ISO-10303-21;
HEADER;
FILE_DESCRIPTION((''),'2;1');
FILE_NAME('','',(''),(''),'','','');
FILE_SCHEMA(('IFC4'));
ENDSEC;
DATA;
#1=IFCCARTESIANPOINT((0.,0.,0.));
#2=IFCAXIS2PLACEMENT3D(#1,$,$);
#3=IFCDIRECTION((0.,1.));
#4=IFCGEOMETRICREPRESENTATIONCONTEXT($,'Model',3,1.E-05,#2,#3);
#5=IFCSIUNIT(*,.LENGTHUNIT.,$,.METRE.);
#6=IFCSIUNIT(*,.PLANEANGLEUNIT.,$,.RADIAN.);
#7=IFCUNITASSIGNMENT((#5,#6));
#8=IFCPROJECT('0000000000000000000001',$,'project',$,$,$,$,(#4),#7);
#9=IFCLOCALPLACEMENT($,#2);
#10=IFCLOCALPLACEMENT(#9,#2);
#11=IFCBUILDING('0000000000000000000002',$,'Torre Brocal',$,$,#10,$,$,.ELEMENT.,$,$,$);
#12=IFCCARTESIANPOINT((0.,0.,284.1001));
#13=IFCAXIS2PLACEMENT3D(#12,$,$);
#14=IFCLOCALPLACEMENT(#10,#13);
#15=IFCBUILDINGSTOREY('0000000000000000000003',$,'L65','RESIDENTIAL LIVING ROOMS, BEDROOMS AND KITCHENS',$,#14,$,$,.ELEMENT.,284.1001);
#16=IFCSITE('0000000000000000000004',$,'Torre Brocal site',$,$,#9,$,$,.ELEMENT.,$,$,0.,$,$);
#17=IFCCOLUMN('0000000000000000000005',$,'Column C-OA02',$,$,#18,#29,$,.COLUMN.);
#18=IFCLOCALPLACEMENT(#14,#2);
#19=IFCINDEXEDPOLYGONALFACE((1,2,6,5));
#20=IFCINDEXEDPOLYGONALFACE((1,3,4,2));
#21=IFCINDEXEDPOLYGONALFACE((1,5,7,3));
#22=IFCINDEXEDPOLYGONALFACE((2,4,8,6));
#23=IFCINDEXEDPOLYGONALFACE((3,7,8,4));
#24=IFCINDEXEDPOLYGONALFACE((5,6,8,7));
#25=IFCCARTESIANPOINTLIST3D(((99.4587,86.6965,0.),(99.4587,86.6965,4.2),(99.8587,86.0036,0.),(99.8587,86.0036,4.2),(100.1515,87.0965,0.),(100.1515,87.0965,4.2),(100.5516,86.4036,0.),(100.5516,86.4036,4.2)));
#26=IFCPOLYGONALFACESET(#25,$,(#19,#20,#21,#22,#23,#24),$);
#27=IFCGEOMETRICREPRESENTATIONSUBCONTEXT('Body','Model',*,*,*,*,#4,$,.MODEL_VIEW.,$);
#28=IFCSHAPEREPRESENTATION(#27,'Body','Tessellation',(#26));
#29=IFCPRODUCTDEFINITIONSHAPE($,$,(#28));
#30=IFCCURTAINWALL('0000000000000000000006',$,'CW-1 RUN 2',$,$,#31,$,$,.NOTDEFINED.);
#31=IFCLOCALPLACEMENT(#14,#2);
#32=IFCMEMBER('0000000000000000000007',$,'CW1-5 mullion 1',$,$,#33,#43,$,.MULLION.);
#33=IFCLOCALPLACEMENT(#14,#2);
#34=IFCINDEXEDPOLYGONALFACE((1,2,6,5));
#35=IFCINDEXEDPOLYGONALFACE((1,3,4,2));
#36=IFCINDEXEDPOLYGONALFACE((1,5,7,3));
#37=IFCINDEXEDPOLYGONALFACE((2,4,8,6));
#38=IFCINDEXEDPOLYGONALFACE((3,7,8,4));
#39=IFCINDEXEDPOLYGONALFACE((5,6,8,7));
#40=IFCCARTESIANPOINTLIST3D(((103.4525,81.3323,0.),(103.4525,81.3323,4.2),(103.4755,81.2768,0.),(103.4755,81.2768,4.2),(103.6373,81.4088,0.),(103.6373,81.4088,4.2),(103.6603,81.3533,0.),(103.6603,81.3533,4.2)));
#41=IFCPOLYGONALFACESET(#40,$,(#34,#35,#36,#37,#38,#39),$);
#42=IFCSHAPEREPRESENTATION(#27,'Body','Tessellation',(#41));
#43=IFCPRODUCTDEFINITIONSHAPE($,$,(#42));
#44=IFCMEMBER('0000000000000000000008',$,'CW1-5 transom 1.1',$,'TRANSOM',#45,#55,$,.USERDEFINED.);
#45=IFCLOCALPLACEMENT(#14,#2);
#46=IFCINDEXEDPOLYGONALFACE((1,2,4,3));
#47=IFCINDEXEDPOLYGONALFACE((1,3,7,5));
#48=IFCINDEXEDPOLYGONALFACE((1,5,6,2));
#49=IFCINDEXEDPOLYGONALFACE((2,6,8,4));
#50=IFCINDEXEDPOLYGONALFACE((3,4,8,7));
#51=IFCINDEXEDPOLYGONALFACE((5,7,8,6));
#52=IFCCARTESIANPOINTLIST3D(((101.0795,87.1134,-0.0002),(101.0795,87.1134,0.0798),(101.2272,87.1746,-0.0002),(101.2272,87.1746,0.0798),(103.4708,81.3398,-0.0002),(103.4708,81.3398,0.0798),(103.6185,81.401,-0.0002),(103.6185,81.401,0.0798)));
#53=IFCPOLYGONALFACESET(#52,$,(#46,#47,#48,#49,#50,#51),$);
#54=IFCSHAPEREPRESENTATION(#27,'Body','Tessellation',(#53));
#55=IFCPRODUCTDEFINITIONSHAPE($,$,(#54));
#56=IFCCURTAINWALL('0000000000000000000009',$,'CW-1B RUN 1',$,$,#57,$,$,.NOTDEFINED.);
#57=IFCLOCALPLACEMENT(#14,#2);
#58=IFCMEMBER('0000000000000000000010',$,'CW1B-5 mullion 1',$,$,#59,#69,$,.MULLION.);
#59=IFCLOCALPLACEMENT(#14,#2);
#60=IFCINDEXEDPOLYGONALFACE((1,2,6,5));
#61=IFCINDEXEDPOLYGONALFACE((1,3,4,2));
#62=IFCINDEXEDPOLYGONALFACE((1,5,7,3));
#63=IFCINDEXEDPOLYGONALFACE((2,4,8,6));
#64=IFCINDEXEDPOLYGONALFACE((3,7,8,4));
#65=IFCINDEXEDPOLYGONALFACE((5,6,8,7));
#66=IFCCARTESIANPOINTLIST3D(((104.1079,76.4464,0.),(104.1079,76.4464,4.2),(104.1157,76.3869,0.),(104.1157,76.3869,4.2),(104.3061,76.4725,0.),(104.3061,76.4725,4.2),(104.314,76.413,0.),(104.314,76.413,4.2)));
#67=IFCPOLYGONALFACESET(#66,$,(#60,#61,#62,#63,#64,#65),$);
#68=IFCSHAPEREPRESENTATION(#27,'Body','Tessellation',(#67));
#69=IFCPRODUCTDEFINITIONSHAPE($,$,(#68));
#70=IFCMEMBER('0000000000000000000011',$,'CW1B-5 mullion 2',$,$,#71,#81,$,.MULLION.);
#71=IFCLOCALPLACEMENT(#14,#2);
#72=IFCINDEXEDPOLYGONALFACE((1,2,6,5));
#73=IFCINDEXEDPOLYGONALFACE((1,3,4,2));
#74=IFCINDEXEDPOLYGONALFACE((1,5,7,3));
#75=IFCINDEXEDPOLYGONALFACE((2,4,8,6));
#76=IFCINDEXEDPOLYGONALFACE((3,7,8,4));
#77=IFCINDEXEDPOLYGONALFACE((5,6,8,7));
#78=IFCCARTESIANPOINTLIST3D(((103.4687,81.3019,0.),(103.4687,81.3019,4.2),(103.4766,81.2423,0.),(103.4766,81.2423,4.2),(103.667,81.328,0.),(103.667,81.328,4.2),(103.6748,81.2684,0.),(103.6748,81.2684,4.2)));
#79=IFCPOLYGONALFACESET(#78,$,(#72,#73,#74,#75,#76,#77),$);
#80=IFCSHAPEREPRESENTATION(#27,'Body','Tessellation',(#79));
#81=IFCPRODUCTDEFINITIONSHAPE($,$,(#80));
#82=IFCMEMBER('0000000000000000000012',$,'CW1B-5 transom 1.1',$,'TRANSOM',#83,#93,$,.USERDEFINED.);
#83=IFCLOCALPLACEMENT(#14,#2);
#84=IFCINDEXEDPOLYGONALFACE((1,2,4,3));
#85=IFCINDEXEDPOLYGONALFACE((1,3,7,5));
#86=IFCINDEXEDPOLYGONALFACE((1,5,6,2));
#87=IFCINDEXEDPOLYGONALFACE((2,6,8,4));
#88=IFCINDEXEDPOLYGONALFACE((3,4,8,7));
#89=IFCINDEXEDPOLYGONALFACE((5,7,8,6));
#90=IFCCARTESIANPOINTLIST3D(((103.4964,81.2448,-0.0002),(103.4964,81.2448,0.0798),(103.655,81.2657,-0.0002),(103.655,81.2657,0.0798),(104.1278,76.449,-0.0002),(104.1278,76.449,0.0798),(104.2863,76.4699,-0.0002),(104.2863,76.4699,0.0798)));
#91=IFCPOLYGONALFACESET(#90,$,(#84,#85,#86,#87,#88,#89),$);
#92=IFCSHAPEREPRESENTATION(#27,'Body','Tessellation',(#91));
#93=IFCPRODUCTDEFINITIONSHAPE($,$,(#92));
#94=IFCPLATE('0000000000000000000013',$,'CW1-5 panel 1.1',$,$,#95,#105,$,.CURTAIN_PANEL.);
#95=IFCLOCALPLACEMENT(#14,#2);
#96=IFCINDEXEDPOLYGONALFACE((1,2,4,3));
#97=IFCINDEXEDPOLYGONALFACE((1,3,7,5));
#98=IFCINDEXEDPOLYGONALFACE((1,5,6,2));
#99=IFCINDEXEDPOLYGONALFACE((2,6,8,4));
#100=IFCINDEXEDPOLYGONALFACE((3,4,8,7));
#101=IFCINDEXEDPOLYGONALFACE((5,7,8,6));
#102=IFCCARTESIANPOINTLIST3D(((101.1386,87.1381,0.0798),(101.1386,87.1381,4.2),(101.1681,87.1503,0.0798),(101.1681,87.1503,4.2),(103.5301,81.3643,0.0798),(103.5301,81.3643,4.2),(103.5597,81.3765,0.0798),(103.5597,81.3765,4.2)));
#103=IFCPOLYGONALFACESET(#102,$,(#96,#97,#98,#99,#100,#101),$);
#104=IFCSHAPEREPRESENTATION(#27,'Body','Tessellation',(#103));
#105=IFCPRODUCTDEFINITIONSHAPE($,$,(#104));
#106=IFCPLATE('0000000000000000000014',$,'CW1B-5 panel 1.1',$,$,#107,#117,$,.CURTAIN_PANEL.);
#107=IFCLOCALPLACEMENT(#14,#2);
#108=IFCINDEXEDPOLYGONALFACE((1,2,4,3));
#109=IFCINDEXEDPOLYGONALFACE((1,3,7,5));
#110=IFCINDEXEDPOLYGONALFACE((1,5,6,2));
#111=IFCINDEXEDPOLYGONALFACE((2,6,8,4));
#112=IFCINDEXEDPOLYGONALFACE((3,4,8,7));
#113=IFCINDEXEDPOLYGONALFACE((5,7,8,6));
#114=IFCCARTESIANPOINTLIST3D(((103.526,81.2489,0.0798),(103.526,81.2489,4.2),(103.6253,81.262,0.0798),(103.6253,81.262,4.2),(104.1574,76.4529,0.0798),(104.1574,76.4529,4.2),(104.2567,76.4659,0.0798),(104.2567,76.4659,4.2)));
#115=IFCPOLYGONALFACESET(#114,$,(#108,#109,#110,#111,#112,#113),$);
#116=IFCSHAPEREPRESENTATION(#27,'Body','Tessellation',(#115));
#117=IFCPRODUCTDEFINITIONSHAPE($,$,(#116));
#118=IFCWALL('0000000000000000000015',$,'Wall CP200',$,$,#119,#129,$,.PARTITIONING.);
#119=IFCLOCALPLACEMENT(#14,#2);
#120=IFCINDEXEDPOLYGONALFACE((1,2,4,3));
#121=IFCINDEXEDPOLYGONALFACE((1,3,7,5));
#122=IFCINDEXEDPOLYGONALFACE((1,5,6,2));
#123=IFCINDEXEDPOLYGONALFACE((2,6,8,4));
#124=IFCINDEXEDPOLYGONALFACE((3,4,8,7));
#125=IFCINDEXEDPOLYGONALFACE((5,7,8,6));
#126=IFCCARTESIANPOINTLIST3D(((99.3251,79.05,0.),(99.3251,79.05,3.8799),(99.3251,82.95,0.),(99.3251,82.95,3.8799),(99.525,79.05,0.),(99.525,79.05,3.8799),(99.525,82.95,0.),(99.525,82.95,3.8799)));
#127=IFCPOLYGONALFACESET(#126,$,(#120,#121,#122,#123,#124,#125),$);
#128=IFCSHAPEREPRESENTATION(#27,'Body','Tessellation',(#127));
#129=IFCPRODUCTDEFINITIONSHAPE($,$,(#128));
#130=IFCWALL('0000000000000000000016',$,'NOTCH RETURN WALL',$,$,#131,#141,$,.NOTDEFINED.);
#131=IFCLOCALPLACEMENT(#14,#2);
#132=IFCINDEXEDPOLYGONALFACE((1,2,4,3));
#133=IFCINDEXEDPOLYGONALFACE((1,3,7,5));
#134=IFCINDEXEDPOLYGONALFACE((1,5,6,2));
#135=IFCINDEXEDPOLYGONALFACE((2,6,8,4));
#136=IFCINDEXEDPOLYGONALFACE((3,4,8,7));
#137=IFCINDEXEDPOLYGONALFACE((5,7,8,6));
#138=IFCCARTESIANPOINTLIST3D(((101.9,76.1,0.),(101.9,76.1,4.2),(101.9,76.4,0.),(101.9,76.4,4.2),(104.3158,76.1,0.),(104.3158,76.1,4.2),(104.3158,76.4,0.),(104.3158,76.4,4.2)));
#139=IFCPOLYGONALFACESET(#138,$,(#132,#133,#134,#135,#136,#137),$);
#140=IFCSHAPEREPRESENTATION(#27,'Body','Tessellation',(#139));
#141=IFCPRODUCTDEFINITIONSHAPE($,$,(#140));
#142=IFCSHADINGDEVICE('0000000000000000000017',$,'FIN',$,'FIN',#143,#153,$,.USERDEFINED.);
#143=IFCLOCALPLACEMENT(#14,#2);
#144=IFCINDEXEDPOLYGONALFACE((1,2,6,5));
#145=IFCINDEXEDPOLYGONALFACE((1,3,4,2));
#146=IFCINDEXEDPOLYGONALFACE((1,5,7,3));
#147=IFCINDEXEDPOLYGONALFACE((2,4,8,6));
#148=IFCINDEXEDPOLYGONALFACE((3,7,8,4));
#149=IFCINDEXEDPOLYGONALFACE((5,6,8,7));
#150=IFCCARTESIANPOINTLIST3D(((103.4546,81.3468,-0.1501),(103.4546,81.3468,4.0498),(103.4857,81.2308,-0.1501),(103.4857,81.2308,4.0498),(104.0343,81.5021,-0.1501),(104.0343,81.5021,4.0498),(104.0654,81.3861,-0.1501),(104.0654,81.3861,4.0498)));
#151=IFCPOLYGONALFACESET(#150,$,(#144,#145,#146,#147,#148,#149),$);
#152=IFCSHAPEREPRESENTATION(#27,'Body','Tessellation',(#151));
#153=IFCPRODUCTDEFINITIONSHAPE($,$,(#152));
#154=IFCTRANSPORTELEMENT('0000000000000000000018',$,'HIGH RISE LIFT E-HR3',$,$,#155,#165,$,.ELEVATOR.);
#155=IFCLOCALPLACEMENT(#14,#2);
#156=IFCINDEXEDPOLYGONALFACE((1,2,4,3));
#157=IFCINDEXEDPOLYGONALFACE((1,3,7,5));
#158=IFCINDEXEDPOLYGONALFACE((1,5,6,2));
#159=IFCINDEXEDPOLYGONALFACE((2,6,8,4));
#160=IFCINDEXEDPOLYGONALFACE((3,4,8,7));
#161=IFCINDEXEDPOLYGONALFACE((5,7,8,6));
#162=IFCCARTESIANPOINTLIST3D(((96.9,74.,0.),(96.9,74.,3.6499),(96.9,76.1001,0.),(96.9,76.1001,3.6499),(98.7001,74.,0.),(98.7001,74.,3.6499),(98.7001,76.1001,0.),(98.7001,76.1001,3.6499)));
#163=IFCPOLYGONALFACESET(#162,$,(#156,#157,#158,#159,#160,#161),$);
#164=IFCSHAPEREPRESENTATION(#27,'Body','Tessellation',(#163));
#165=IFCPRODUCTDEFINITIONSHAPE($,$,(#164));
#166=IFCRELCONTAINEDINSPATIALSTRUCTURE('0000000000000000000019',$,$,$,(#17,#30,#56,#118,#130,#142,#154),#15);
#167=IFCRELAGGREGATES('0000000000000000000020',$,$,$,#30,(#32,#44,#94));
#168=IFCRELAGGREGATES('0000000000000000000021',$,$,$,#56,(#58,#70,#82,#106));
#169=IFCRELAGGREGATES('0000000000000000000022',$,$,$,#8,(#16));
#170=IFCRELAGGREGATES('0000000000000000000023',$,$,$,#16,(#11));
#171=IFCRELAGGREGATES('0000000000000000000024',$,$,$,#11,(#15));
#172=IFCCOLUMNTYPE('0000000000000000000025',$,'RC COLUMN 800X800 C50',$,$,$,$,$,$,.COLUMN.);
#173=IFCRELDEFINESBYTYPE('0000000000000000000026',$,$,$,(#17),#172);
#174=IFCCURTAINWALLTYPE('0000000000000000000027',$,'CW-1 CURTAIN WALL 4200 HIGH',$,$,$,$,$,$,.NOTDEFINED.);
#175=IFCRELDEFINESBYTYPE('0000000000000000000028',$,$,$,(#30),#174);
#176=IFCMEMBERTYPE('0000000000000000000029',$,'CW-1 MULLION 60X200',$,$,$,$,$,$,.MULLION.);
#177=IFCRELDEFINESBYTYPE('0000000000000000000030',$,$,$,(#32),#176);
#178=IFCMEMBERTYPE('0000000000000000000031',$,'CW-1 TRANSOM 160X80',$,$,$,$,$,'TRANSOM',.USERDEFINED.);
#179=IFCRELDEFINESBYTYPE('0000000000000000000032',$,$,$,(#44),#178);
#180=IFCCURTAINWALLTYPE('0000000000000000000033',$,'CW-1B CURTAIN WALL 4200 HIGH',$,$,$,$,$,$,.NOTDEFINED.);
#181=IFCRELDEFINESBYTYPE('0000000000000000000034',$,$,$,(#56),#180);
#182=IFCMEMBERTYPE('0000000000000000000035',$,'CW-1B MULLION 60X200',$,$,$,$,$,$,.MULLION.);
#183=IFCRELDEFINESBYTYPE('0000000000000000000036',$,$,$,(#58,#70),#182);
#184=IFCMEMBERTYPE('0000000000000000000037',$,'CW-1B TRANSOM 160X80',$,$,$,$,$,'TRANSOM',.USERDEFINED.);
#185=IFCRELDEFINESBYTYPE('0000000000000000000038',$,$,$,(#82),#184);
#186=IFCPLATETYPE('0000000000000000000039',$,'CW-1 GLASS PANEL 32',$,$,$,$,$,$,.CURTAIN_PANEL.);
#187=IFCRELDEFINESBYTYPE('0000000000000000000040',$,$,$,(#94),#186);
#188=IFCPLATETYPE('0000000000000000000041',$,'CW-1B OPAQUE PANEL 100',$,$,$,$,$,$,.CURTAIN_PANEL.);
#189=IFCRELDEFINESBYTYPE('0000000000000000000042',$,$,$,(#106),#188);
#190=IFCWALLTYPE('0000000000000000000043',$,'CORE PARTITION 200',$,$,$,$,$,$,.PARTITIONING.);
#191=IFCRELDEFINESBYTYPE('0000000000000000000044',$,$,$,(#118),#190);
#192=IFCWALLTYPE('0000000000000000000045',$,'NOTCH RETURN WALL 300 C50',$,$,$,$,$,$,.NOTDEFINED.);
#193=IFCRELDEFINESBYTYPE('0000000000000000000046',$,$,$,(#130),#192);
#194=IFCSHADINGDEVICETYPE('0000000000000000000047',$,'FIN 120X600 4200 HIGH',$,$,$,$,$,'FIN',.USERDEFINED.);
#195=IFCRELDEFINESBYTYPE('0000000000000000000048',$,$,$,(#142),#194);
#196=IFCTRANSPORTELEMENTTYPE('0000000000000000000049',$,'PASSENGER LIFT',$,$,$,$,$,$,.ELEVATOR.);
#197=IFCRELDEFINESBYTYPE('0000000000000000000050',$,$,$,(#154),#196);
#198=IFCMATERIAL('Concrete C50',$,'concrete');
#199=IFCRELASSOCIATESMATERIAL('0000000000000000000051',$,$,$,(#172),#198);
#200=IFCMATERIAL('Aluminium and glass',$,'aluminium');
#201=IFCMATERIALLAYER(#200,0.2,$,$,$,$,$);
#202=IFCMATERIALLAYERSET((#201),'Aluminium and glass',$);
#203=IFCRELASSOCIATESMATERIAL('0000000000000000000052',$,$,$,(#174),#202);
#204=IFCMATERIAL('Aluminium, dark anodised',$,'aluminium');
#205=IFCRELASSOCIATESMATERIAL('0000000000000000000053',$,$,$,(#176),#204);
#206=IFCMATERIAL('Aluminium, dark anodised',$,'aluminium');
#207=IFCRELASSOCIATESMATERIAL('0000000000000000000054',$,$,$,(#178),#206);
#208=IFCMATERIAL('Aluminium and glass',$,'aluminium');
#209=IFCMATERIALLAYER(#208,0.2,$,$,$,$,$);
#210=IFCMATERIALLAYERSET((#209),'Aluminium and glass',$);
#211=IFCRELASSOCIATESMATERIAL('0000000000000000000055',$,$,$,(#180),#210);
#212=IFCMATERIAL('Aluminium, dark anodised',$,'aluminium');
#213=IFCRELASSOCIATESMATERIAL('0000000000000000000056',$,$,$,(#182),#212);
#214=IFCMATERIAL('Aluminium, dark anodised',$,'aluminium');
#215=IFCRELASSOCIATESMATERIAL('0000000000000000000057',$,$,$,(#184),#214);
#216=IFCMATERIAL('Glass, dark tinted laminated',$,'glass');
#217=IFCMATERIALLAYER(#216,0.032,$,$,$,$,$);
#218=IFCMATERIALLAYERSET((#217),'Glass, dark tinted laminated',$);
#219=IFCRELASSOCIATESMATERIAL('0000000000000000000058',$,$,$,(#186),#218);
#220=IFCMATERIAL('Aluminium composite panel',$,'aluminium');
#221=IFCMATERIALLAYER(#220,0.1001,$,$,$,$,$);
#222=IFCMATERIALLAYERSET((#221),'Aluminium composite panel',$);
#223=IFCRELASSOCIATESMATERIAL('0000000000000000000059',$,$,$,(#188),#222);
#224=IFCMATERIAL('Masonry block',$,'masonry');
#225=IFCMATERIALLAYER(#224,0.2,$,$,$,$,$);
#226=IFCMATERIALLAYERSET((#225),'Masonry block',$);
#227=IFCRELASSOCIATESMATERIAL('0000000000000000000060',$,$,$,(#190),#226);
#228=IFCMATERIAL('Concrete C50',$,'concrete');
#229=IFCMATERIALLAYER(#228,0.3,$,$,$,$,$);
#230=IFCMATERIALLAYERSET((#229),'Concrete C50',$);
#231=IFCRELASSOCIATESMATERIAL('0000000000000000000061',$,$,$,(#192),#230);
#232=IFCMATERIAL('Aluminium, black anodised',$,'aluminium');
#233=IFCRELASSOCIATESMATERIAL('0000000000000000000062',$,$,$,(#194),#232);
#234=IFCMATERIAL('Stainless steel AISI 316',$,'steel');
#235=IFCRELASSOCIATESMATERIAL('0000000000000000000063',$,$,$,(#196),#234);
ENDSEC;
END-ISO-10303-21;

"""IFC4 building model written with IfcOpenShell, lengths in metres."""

from ifc_helpers import new_model, si_unit, direction, frame, frame_2d, origin, origin_2d, place, context, subcontext, project, spatial, rectangle, extrude, material, layer, layer_set, material_profile, profile_set, type_object, element, aggregate, save


model = new_model("IFC4")

# Units and contexts
model_context = context("Model", 3, precision=1e-05, world=origin(), true_north=direction((0.0, 1.0)))
body_context = subcontext(model_context, "Body", "Model", "MODEL_VIEW")
ifc_project = project(units=[si_unit("LENGTHUNIT", "METRE"), si_unit("PLANEANGLEUNIT", "RADIAN")], contexts=[model_context])

# Site, building, storey
site_placement = place(None, origin())
site = spatial("IfcSite", under=ifc_project, at=site_placement, Name="Torre Brocal site", CompositionType="ELEMENT", RefElevation=0.0)
building_placement = place(site_placement, origin())
building = spatial("IfcBuilding", under=site, at=building_placement, Name="Torre Brocal", CompositionType="ELEMENT")
storey_placement = place(building_placement, frame((0.0, 0.0, 284.1001)))
storey = spatial("IfcBuildingStorey", under=building, at=storey_placement, Name="L65", Description="RESIDENTIAL LIVING ROOMS, BEDROOMS AND KITCHENS", CompositionType="ELEMENT", Elevation=284.1001)

# Column
ifc_material_1 = material(Name="Concrete C50", Category="concrete")
ifc_material_profile_1 = material_profile(ifc_material_1, rectangle(XDim=0.8, YDim=0.8, at=origin_2d()), Name="RC 800X800")
ifc_profile_set_1 = profile_set([ifc_material_profile_1], Name="Concrete C50")
column_type = type_object("IfcColumnType", Name="RC COLUMN 800X800 C50", PredefinedType="COLUMN", material=ifc_profile_set_1)
column_placement = place(storey_placement, frame((100.0051, 86.55, 0.0), z_axis=(0.0, 0.0, 1.0), x_axis=(0.866025, 0.5, 0.0)))
element("IfcColumn", 1, at=column_placement, inside=storey, type_object=column_type, Name="Column C-OA02", PredefinedType="COLUMN", context=body_context, shape_type="SweptSolid", body=[
    extrude(rectangle(XDim=0.8, YDim=0.8, at=origin_2d()), origin(), (0.0, 0.0, 1.0), 4.2),
])

# Curtain walls, members
ifc_material_2 = material(Name="Aluminium and glass", Category="aluminium")
ifc_layer_1 = layer(ifc_material_2, 0.2)
ifc_layer_set_1 = layer_set([ifc_layer_1], Name="Aluminium and glass")
curtain_wall_type_1 = type_object("IfcCurtainWallType", Name="CW-1 CURTAIN WALL 4200 HIGH", PredefinedType="NOTDEFINED", material=ifc_layer_set_1)
curtain_wall_1_placement = place(storey_placement, origin())
curtain_wall_1 = element("IfcCurtainWall", 2, at=curtain_wall_1_placement, inside=storey, type_object=curtain_wall_type_1, Name="CW-1 RUN 2", PredefinedType="NOTDEFINED")
ifc_material_3 = material(Name="Aluminium, dark anodised", Category="aluminium")
ifc_material_profile_2 = material_profile(ifc_material_3, rectangle(XDim=0.2, YDim=0.0601, at=origin_2d()), Name="CW-1 MULLION 60X200")
ifc_profile_set_2 = profile_set([ifc_material_profile_2], Name="Aluminium, dark anodised")
member_type_1 = type_object("IfcMemberType", Name="CW-1 MULLION 60X200", PredefinedType="MULLION", material=ifc_profile_set_2)
member_1_placement = place(storey_placement, frame((103.5564, 81.3428, 0.0), z_axis=(0.0, 0.0, 1.0), x_axis=(-0.92388, -0.382683, 0.0)))
member_1 = element("IfcMember", 3, at=member_1_placement, type_object=member_type_1, Name="CW1-5 mullion 1", PredefinedType="MULLION", context=body_context, shape_type="SweptSolid", body=[
    extrude(rectangle(XDim=0.2, YDim=0.0601, at=origin_2d()), origin(), (0.0, 0.0, 1.0), 4.2),
])
ifc_material_4 = material(Name="Aluminium, dark anodised", Category="aluminium")
ifc_material_profile_3 = material_profile(ifc_material_4, rectangle(XDim=0.1599, YDim=0.0801, at=origin_2d()), Name="CW-1 TRANSOM 160X80")
ifc_profile_set_3 = profile_set([ifc_material_profile_3], Name="Aluminium, dark anodised")
member_type_2 = type_object("IfcMemberType", Name="CW-1 TRANSOM 160X80", ElementType="TRANSOM", PredefinedType="USERDEFINED", material=ifc_profile_set_3)
member_2_placement = place(storey_placement, frame((103.5447, 81.3704, 0.0398), z_axis=(-0.382659, 0.92389, 0.0), x_axis=(-0.92389, -0.382659, 0.0)))
member_2 = element("IfcMember", 4, at=member_2_placement, type_object=member_type_2, Name="CW1-5 transom 1.1", ObjectType="TRANSOM", PredefinedType="USERDEFINED", context=body_context, shape_type="SweptSolid", body=[
    extrude(rectangle(XDim=0.1599, YDim=0.0801, at=origin_2d()), origin(), (0.0, 0.0, 1.0), 6.2493),
])
ifc_material_5 = material(Name="Aluminium and glass", Category="aluminium")
ifc_layer_2 = layer(ifc_material_5, 0.2)
ifc_layer_set_2 = layer_set([ifc_layer_2], Name="Aluminium and glass")
curtain_wall_type_2 = type_object("IfcCurtainWallType", Name="CW-1B CURTAIN WALL 4200 HIGH", PredefinedType="NOTDEFINED", material=ifc_layer_set_2)
curtain_wall_2_placement = place(storey_placement, origin())
curtain_wall_2 = element("IfcCurtainWall", 5, at=curtain_wall_2_placement, inside=storey, type_object=curtain_wall_type_2, Name="CW-1B RUN 1", PredefinedType="NOTDEFINED")
ifc_material_6 = material(Name="Aluminium, dark anodised", Category="aluminium")
ifc_material_profile_4 = material_profile(ifc_material_6, rectangle(XDim=0.2, YDim=0.0601, at=origin_2d()), Name="CW-1B MULLION 60X200")
ifc_profile_set_4 = profile_set([ifc_material_profile_4], Name="Aluminium, dark anodised")
member_type_3 = type_object("IfcMemberType", Name="CW-1B MULLION 60X200", PredefinedType="MULLION", material=ifc_profile_set_4)
member_3_placement = place(storey_placement, frame((104.2109, 76.4297, 0.0), z_axis=(0.0, 0.0, 1.0), x_axis=(-0.991445, -0.130526, 0.0)))
member_3 = element("IfcMember", 6, at=member_3_placement, type_object=member_type_3, Name="CW1B-5 mullion 1", PredefinedType="MULLION", context=body_context, shape_type="SweptSolid", body=[
    extrude(rectangle(XDim=0.2, YDim=0.0601, at=origin_2d()), origin(), (0.0, 0.0, 1.0), 4.2),
])
member_4_placement = place(storey_placement, frame((103.5718, 81.2852, 0.0), z_axis=(0.0, 0.0, 1.0), x_axis=(-0.991445, -0.130526, 0.0)))
member_4 = element("IfcMember", 7, at=member_4_placement, type_object=member_type_3, Name="CW1B-5 mullion 2", PredefinedType="MULLION", context=body_context, shape_type="SweptSolid", body=[
    extrude(rectangle(XDim=0.2, YDim=0.0601, at=origin_2d()), origin(), (0.0, 0.0, 1.0), 4.2),
])
ifc_material_7 = material(Name="Aluminium, dark anodised", Category="aluminium")
ifc_material_profile_5 = material_profile(ifc_material_7, rectangle(XDim=0.1599, YDim=0.0801, at=origin_2d()), Name="CW-1B TRANSOM 160X80")
ifc_profile_set_5 = profile_set([ifc_material_profile_5], Name="Aluminium, dark anodised")
member_type_4 = type_object("IfcMemberType", Name="CW-1B TRANSOM 160X80", ElementType="TRANSOM", PredefinedType="USERDEFINED", material=ifc_profile_set_5)
member_5_placement = place(storey_placement, frame((104.207, 76.4595, 0.0398), z_axis=(-0.130517, 0.991446, 0.0), x_axis=(-0.991446, -0.130517, 0.0)))
member_5 = element("IfcMember", 8, at=member_5_placement, type_object=member_type_4, Name="CW1B-5 transom 1.1", ObjectType="TRANSOM", PredefinedType="USERDEFINED", context=body_context, shape_type="SweptSolid", body=[
    extrude(rectangle(XDim=0.1599, YDim=0.0801, at=origin_2d()), origin(), (0.0, 0.0, 1.0), 4.8372),
])

# Plates
ifc_material_8 = material(Name="Glass, dark tinted laminated", Category="glass")
ifc_layer_3 = layer(ifc_material_8, 0.032)
ifc_layer_set_3 = layer_set([ifc_layer_3], Name="Glass, dark tinted laminated")
plate_type_1 = type_object("IfcPlateType", Name="CW-1 GLASS PANEL 32", PredefinedType="CURTAIN_PANEL", material=ifc_layer_set_3)
plate_1_placement = place(storey_placement, frame((102.3491, 84.2573, 0.0798), z_axis=(0.0, 0.0, 1.0), x_axis=(-0.382683, 0.92388, 0.0)))
plate_1 = element("IfcPlate", 9, at=plate_1_placement, type_object=plate_type_1, Name="CW1-5 panel 1.1", PredefinedType="CURTAIN_PANEL", context=body_context, shape_type="SweptSolid", body=[
    extrude(rectangle(XDim=6.2495, YDim=0.032, at=origin_2d()), origin(), (0.0, 0.0, 1.0), 4.1201),
])
aggregate(curtain_wall_1, [member_1, member_2, plate_1])
ifc_material_9 = material(Name="Aluminium composite panel", Category="aluminium")
ifc_layer_4 = layer(ifc_material_9, 0.1001)
ifc_layer_set_4 = layer_set([ifc_layer_4], Name="Aluminium composite panel")
plate_type_2 = type_object("IfcPlateType", Name="CW-1B OPAQUE PANEL 100", PredefinedType="CURTAIN_PANEL", material=ifc_layer_set_4)
plate_2_placement = place(storey_placement, frame((103.8914, 78.8574, 0.0798), z_axis=(0.0, 0.0, 1.0), x_axis=(-0.130526, 0.991445, 0.0)))
plate_2 = element("IfcPlate", 10, at=plate_2_placement, type_object=plate_type_2, Name="CW1B-5 panel 1.1", PredefinedType="CURTAIN_PANEL", context=body_context, shape_type="SweptSolid", body=[
    extrude(rectangle(XDim=4.8374, YDim=0.1001, at=origin_2d()), origin(), (0.0, 0.0, 1.0), 4.1201),
])
aggregate(curtain_wall_2, [member_3, member_4, member_5, plate_2])

# Walls
ifc_material_10 = material(Name="Masonry block", Category="masonry")
ifc_layer_5 = layer(ifc_material_10, 0.2)
ifc_layer_set_5 = layer_set([ifc_layer_5], Name="Masonry block")
wall_type_1 = type_object("IfcWallType", Name="CORE PARTITION 200", PredefinedType="PARTITIONING", material=ifc_layer_set_5)
wall_1_placement = place(storey_placement, frame((99.425, 79.05, 0.0), z_axis=(0.0, 0.0, 1.0), x_axis=(0.0, 1.0, 0.0)))
element("IfcWall", 11, at=wall_1_placement, inside=storey, type_object=wall_type_1, Name="Wall CP200", PredefinedType="PARTITIONING", context=body_context, shape_type="SweptSolid", body=[
    extrude(rectangle(XDim=3.8999, YDim=0.2, at=frame_2d((1.95, 0.0))), origin(), (0.0, 0.0, 1.0), 3.8799),
])
ifc_material_11 = material(Name="Concrete C50", Category="concrete")
ifc_layer_6 = layer(ifc_material_11, 0.3)
ifc_layer_set_6 = layer_set([ifc_layer_6], Name="Concrete C50")
wall_type_2 = type_object("IfcWallType", Name="NOTCH RETURN WALL 300 C50", PredefinedType="NOTDEFINED", material=ifc_layer_set_6)
wall_2_placement = place(storey_placement, frame((101.8999, 76.25, 0.0), z_axis=(0.0, 0.0, 1.0), x_axis=(1.0, 0.0, 0.0)))
element("IfcWall", 12, at=wall_2_placement, inside=storey, type_object=wall_type_2, Name="NOTCH RETURN WALL", PredefinedType="NOTDEFINED", context=body_context, shape_type="SweptSolid", body=[
    extrude(rectangle(XDim=2.4158, YDim=0.3, at=frame_2d((1.208, 0.0))), origin(), (0.0, 0.0, 1.0), 4.2),
])

# Shading device
ifc_material_12 = material(Name="Aluminium, black anodised", Category="aluminium")
ifc_material_profile_6 = material_profile(ifc_material_12, rectangle(XDim=0.1201, YDim=0.6001, at=origin_2d()), Name="FIN 120X600 4200 HIGH")
ifc_profile_set_6 = profile_set([ifc_material_profile_6], Name="Aluminium, black anodised")
shading_device_type = type_object("IfcShadingDeviceType", Name="FIN 120X600 4200 HIGH", ElementType="FIN", PredefinedType="USERDEFINED", material=ifc_profile_set_6)
shading_device_placement = place(storey_placement, frame((103.76, 81.3665, -0.1501), z_axis=(0.0, 0.0, 1.0), x_axis=(-0.258819, 0.965926, 0.0)))
element("IfcShadingDevice", 13, at=shading_device_placement, inside=storey, type_object=shading_device_type, Name="FIN", ObjectType="FIN", PredefinedType="USERDEFINED", context=body_context, shape_type="SweptSolid", body=[
    extrude(rectangle(XDim=0.1201, YDim=0.6001, at=origin_2d()), origin(), (0.0, 0.0, 1.0), 4.2),
])

# Transport element
ifc_material_13 = material(Name="Stainless steel AISI 316", Category="steel")
transport_element_type = type_object("IfcTransportElementType", Name="PASSENGER LIFT", PredefinedType="ELEVATOR", material=ifc_material_13)
transport_element_placement = place(storey_placement, frame((97.8, 75.05, 0.0), z_axis=(0.0, 0.0, 1.0), x_axis=(1.0, 0.0, 0.0)))
element("IfcTransportElement", 14, at=transport_element_placement, inside=storey, type_object=transport_element_type, Name="HIGH RISE LIFT E-HR3", PredefinedType="ELEVATOR", context=body_context, shape_type="SweptSolid", body=[
    extrude(rectangle(XDim=1.8, YDim=2.1001, at=origin_2d()), origin(), (0.0, 0.0, 1.0), 3.6499),
])

save(model, "model.ifc")
